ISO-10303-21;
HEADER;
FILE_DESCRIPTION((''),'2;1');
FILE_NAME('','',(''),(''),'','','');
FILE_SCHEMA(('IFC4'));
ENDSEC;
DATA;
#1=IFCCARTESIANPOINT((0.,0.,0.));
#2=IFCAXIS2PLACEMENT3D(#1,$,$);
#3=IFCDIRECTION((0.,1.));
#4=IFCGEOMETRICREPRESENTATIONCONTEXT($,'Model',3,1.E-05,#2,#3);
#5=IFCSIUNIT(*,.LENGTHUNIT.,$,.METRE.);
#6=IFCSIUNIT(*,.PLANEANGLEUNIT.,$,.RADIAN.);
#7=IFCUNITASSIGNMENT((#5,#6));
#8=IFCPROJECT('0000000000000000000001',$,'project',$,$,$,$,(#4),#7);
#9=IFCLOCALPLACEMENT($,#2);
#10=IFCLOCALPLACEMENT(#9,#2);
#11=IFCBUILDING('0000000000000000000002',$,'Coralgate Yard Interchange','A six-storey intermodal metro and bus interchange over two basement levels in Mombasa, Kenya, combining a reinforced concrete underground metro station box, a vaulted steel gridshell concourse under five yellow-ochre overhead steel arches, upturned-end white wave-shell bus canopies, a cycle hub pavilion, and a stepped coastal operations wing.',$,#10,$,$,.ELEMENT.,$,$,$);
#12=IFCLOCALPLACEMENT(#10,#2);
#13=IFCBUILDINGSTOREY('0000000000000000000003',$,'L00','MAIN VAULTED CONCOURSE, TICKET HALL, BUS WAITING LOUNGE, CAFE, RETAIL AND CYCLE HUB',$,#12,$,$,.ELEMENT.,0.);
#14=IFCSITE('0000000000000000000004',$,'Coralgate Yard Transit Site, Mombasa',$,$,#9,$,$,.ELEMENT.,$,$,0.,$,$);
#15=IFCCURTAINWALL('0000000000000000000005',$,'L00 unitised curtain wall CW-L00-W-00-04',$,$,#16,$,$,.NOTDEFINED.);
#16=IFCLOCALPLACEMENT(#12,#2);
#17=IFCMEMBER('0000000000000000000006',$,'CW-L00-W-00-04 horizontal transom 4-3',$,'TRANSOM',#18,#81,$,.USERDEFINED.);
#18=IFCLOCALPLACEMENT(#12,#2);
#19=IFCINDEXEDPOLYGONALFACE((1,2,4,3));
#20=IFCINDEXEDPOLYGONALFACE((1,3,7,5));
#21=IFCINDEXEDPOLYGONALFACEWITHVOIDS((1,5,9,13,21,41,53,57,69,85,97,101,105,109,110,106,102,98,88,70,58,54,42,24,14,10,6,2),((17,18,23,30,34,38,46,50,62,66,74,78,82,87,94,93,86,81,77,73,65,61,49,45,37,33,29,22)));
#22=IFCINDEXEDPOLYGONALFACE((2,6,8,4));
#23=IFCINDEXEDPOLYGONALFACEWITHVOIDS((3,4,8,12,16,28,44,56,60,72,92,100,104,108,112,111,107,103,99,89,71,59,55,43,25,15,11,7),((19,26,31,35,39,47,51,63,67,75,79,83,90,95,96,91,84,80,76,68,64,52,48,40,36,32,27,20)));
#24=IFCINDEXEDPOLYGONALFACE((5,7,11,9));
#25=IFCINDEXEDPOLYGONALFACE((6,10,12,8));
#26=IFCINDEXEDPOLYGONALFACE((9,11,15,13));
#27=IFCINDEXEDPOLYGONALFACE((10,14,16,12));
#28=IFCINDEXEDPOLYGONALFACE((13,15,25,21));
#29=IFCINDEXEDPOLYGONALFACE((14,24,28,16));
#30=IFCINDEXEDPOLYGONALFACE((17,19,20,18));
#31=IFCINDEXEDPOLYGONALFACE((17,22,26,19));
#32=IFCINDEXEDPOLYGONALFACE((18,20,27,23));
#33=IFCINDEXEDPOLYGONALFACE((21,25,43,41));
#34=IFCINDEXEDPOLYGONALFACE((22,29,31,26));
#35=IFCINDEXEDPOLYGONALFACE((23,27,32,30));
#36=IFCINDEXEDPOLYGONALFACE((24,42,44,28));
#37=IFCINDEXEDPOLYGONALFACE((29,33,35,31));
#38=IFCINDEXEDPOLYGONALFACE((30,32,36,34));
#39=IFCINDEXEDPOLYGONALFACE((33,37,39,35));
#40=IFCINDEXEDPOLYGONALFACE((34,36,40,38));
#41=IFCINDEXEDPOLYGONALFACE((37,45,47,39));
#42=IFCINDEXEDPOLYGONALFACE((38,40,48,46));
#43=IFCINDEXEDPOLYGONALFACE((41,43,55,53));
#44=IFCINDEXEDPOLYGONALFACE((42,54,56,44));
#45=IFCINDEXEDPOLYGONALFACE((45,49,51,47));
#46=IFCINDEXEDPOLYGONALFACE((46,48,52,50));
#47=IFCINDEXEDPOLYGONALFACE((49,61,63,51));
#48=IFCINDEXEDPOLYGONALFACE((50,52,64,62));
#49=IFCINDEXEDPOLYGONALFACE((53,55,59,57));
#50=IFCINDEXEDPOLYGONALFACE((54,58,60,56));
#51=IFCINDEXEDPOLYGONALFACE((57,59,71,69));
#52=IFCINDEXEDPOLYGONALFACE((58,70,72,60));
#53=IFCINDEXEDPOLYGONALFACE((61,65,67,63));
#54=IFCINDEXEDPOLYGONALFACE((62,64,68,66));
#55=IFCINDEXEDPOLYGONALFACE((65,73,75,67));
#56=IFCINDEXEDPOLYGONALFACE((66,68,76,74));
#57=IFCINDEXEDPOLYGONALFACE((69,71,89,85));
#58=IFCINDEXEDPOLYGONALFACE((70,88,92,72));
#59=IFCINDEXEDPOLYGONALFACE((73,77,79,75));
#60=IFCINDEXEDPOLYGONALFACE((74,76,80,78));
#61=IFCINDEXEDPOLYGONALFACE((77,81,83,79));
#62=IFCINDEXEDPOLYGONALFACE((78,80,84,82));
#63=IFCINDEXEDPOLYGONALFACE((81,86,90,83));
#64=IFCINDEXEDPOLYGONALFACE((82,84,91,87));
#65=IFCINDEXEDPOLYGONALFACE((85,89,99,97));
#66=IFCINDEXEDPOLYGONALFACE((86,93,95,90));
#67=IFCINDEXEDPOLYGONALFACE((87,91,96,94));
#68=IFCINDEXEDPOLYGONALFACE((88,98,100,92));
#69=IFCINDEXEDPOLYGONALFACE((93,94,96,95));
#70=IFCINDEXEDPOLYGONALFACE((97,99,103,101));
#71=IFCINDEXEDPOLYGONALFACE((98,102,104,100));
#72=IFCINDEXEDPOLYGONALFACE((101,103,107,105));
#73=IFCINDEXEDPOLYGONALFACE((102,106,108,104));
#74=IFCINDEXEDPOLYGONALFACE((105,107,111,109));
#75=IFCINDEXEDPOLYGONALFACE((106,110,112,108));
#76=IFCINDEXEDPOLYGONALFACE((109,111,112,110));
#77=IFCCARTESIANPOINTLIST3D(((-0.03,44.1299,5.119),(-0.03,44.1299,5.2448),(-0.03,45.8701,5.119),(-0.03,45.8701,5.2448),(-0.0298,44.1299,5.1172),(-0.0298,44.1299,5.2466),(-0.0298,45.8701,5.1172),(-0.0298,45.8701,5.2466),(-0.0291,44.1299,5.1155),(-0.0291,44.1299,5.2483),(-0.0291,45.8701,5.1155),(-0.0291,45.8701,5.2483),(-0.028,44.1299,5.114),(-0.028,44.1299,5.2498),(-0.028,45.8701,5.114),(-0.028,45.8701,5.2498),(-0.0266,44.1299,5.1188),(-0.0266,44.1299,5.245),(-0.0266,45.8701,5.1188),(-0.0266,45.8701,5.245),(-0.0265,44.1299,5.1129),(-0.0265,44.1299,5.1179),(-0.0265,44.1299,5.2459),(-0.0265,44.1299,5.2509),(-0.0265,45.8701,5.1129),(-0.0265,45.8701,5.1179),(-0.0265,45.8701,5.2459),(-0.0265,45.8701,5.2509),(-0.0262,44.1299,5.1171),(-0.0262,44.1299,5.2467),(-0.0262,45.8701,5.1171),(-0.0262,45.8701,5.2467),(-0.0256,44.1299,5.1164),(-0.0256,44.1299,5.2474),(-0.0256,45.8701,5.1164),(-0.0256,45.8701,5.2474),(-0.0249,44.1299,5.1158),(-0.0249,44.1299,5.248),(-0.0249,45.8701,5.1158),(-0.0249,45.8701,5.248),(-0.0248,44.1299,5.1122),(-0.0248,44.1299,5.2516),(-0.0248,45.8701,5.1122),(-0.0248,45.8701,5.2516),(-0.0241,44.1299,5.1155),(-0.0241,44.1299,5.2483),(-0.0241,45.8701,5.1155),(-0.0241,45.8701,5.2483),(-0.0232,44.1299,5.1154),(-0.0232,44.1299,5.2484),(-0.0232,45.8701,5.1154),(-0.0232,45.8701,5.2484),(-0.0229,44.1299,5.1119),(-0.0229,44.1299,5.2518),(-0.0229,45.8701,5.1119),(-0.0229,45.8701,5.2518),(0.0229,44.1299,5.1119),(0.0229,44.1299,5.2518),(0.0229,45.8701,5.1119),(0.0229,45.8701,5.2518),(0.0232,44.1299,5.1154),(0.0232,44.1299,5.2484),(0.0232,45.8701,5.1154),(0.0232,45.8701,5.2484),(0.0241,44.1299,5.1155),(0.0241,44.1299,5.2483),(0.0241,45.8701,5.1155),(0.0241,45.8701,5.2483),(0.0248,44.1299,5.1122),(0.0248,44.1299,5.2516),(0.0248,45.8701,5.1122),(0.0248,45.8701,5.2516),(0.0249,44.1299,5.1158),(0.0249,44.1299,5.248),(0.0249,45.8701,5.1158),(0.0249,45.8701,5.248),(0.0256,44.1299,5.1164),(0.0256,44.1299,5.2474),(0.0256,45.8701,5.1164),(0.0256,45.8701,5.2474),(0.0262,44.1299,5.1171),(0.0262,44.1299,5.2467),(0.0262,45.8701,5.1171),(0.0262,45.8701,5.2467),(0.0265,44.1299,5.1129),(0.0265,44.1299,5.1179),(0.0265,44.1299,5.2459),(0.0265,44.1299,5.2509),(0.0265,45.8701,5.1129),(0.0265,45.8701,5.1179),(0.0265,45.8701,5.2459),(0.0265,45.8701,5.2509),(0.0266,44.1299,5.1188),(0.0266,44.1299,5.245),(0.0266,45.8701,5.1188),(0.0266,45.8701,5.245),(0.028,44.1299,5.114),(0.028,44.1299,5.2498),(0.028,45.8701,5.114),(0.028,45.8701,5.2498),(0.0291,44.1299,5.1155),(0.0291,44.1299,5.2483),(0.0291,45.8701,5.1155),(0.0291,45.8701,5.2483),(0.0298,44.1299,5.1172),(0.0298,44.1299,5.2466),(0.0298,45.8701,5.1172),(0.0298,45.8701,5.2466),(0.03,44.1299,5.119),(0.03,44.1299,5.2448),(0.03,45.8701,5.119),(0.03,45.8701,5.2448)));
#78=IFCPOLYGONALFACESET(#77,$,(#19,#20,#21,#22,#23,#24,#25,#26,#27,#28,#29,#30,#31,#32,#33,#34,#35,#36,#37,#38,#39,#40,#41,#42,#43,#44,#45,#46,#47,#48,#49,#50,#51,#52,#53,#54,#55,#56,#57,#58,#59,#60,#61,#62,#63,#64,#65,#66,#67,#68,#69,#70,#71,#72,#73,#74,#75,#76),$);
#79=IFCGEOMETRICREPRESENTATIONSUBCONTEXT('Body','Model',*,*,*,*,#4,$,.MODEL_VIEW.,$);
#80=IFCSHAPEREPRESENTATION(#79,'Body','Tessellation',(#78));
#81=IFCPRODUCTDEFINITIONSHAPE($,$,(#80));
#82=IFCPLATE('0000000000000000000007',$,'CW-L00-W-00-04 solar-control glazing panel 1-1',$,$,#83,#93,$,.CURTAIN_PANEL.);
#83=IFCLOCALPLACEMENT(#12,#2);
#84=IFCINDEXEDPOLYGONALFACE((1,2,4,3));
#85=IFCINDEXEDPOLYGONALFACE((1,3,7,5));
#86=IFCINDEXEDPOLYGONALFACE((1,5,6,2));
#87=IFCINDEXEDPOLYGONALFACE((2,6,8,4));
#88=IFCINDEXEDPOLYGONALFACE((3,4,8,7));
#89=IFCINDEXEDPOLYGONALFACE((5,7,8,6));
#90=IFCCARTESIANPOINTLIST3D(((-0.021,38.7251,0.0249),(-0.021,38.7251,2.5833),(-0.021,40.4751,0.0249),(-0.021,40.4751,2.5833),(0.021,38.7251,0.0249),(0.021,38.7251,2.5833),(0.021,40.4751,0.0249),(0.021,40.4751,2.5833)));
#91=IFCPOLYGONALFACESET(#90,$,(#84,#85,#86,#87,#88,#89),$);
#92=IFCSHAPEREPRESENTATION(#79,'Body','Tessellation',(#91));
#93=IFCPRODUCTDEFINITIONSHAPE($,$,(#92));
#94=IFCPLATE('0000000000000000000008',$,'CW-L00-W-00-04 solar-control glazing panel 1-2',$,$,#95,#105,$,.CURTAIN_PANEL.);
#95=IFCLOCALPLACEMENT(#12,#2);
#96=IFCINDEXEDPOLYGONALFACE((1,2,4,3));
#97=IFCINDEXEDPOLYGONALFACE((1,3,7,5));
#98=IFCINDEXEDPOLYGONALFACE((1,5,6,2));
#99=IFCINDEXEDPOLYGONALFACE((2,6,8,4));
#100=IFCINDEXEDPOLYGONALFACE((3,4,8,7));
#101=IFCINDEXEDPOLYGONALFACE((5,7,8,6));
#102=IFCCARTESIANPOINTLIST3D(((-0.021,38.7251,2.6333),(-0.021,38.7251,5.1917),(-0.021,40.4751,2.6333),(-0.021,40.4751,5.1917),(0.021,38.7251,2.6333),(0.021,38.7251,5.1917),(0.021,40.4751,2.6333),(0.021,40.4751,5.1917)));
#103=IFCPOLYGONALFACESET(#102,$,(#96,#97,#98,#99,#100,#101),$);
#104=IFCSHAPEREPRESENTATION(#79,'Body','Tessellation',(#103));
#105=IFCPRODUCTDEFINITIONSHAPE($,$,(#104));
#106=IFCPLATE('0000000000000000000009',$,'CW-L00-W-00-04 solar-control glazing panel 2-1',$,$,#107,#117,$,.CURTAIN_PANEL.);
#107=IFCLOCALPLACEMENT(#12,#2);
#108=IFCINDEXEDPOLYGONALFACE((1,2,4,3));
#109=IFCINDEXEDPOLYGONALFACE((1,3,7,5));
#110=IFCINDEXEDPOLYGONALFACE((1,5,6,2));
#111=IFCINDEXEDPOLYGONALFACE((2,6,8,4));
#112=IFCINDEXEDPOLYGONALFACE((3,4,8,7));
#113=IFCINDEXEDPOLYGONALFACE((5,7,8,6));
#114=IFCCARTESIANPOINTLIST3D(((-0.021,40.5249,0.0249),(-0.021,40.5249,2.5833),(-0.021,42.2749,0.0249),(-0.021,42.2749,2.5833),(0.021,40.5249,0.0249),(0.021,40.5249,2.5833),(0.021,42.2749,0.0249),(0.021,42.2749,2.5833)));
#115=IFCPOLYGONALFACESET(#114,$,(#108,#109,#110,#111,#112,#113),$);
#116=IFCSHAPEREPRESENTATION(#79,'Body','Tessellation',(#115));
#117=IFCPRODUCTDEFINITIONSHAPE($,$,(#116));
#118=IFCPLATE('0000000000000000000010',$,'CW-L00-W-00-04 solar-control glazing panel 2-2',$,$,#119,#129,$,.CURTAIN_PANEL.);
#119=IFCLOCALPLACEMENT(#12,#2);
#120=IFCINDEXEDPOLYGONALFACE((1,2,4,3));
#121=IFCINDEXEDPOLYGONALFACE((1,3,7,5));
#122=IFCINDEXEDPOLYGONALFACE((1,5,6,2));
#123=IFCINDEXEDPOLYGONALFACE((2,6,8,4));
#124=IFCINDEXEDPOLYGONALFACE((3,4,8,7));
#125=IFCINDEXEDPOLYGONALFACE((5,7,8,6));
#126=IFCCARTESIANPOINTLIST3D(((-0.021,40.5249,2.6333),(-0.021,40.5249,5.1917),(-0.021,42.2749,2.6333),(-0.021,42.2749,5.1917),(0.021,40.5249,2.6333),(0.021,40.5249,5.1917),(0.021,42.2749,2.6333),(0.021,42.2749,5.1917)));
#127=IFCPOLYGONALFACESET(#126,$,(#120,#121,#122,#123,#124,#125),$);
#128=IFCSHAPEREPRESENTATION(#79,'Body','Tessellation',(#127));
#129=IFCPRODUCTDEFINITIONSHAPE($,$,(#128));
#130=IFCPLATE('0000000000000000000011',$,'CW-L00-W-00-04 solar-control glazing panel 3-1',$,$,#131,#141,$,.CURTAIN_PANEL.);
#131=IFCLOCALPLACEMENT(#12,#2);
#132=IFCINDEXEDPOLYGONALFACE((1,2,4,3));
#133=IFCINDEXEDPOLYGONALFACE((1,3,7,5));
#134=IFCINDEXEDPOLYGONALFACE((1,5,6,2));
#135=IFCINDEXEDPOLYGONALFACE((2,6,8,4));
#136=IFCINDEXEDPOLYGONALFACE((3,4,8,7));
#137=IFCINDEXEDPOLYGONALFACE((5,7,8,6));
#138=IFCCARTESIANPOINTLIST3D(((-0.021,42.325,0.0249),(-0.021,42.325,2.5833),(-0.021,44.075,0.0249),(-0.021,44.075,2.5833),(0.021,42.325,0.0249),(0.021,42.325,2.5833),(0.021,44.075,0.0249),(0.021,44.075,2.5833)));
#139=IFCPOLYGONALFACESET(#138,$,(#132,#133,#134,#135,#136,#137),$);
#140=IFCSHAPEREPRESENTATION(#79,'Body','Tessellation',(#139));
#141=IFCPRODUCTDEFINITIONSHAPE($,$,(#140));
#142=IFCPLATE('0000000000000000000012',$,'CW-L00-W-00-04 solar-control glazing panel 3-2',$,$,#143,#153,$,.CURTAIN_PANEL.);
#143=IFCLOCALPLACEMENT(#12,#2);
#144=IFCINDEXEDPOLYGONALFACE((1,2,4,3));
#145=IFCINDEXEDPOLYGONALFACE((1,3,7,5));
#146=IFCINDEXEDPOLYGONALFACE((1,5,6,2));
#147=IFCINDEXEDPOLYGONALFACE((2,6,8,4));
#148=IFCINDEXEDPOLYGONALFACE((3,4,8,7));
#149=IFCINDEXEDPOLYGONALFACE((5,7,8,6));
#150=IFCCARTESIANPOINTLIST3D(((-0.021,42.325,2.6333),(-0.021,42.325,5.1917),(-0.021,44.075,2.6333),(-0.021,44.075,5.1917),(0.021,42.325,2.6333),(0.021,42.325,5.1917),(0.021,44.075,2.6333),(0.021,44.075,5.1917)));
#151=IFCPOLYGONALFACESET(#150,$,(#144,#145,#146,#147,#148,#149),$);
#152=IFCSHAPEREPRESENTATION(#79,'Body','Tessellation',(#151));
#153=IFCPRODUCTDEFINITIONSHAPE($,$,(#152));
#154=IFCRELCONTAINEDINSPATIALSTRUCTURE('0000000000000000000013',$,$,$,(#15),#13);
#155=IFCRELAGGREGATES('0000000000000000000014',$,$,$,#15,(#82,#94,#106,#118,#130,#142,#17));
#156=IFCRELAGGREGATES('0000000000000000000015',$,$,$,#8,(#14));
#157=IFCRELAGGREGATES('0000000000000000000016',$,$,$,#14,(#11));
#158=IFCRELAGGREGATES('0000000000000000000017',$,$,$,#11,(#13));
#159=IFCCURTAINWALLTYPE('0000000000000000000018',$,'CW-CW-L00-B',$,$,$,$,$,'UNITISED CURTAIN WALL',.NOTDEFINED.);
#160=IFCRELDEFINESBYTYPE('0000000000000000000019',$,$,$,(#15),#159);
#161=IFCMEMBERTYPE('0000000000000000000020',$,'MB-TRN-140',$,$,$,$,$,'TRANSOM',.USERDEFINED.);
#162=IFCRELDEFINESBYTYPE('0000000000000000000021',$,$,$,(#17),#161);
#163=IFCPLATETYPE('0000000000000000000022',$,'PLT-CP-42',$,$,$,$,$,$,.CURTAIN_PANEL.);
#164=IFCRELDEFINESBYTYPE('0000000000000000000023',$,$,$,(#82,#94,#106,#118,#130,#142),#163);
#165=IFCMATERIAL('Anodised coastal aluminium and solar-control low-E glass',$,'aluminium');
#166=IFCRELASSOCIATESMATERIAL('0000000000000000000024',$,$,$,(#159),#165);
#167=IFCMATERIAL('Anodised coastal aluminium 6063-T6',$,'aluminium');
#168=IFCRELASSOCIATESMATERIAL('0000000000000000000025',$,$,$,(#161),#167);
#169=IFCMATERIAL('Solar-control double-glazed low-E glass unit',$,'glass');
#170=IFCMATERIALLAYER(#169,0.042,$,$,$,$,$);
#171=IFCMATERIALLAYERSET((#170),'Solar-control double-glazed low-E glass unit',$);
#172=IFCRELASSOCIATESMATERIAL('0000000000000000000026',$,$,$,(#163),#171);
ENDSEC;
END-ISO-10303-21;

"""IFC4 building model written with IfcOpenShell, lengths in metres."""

from ifc_helpers import new_model, si_unit, direction, frame, origin, origin_2d, place, context, subcontext, project, spatial, rectangle, hollow_rectangle, extrude, material, layer, layer_set, material_profile, profile_set, type_object, element, aggregate, save


model = new_model("IFC4")

# Units and contexts
model_context = context("Model", 3, precision=1e-05, world=origin(), true_north=direction((0.0, 1.0)))
body_context = subcontext(model_context, "Body", "Model", "MODEL_VIEW")
ifc_project = project(units=[si_unit("LENGTHUNIT", "METRE"), si_unit("PLANEANGLEUNIT", "RADIAN")], contexts=[model_context])

# Site, building, storey
site_placement = place(None, origin())
site = spatial("IfcSite", under=ifc_project, at=site_placement, Name="Coralgate Yard Transit Site, Mombasa", CompositionType="ELEMENT", RefElevation=0.0)
building_placement = place(site_placement, origin())
building = spatial("IfcBuilding", under=site, at=building_placement, Name="Coralgate Yard Interchange", Description="A six-storey intermodal metro and bus interchange over two basement levels in Mombasa, Kenya, combining a reinforced concrete underground metro station box, a vaulted steel gridshell concourse under five yellow-ochre overhead steel arches, upturned-end white wave-shell bus canopies, a cycle hub pavilion, and a stepped coastal operations wing.", CompositionType="ELEMENT")
storey_placement = place(building_placement, origin())
storey = spatial("IfcBuildingStorey", under=building, at=storey_placement, Name="L00", Description="MAIN VAULTED CONCOURSE, TICKET HALL, BUS WAITING LOUNGE, CAFE, RETAIL AND CYCLE HUB", CompositionType="ELEMENT", Elevation=0.0)

# Curtain wall, member, plates
ifc_material_1 = material(Name="Anodised coastal aluminium and solar-control low-E glass", Category="aluminium")
curtain_wall_type = type_object("IfcCurtainWallType", Name="CW-CW-L00-B", ElementType="UNITISED CURTAIN WALL", PredefinedType="NOTDEFINED", material=ifc_material_1)
curtain_wall_placement = place(storey_placement, origin())
curtain_wall = element("IfcCurtainWall", 1, at=curtain_wall_placement, inside=storey, type_object=curtain_wall_type, Name="L00 unitised curtain wall CW-L00-W-00-04", PredefinedType="NOTDEFINED")
ifc_material_2 = material(Name="Anodised coastal aluminium 6063-T6", Category="aluminium")
ifc_material_profile_1 = material_profile(ifc_material_2, hollow_rectangle(XDim=0.0601, YDim=0.1399, WallThickness=0.0034, InnerFilletRadius=0.0034, OuterFilletRadius=0.0071, at=origin_2d()), Name="ALU 60x140x3.5")
ifc_profile_set_1 = profile_set([ifc_material_profile_1], Name="Anodised coastal aluminium 6063-T6")
member_type_1 = type_object("IfcMemberType", Name="MB-TRN-140", ElementType="TRANSOM", PredefinedType="USERDEFINED", material=ifc_profile_set_1)
member_1_placement = place(storey_placement, frame((0.0, 44.1299, 5.1819), z_axis=(0.0, 1.0, 0.0), x_axis=(-1.0, 0.0, 0.0)))
member_1 = element("IfcMember", 2, at=member_1_placement, type_object=member_type_1, Name="CW-L00-W-00-04 horizontal transom 4-3", ObjectType="TRANSOM", PredefinedType="USERDEFINED", context=body_context, shape_type="SweptSolid", body=[
    extrude(hollow_rectangle(XDim=0.0601, YDim=0.1399, WallThickness=0.0034, InnerFilletRadius=0.0034, OuterFilletRadius=0.0071, at=origin_2d()), origin(), (0.0, 0.0, 1.0), 1.7402),
])
ifc_material_3 = material(Name="Solar-control double-glazed low-E glass unit", Category="glass")
ifc_layer = layer(ifc_material_3, 0.042)
ifc_layer_set = layer_set([ifc_layer], Name="Solar-control double-glazed low-E glass unit")
plate_type = type_object("IfcPlateType", Name="PLT-CP-42", PredefinedType="CURTAIN_PANEL", material=ifc_layer_set)
plate_1_placement = place(storey_placement, frame((0.0, 39.6001, 0.0249), z_axis=(0.0, 0.0, 1.0), x_axis=(0.0, 1.0, 0.0)))
plate_1 = element("IfcPlate", 3, at=plate_1_placement, type_object=plate_type, Name="CW-L00-W-00-04 solar-control glazing panel 1-1", PredefinedType="CURTAIN_PANEL", context=body_context, shape_type="SweptSolid", body=[
    extrude(rectangle(XDim=1.75, YDim=0.042, at=origin_2d()), origin(), (0.0, 0.0, 1.0), 2.5583),
])
plate_2_placement = place(storey_placement, frame((0.0, 39.6001, 2.6333), z_axis=(0.0, 0.0, 1.0), x_axis=(0.0, 1.0, 0.0)))
plate_2 = element("IfcPlate", 4, at=plate_2_placement, type_object=plate_type, Name="CW-L00-W-00-04 solar-control glazing panel 1-2", PredefinedType="CURTAIN_PANEL", context=body_context, shape_type="SweptSolid", body=[
    extrude(rectangle(XDim=1.75, YDim=0.042, at=origin_2d()), origin(), (0.0, 0.0, 1.0), 2.5583),
])
plate_3_placement = place(storey_placement, frame((0.0, 41.3999, 0.0249), z_axis=(0.0, 0.0, 1.0), x_axis=(0.0, 1.0, 0.0)))
plate_3 = element("IfcPlate", 5, at=plate_3_placement, type_object=plate_type, Name="CW-L00-W-00-04 solar-control glazing panel 2-1", PredefinedType="CURTAIN_PANEL", context=body_context, shape_type="SweptSolid", body=[
    extrude(rectangle(XDim=1.75, YDim=0.042, at=origin_2d()), origin(), (0.0, 0.0, 1.0), 2.5583),
])
plate_4_placement = place(storey_placement, frame((0.0, 41.3999, 2.6333), z_axis=(0.0, 0.0, 1.0), x_axis=(0.0, 1.0, 0.0)))
plate_4 = element("IfcPlate", 6, at=plate_4_placement, type_object=plate_type, Name="CW-L00-W-00-04 solar-control glazing panel 2-2", PredefinedType="CURTAIN_PANEL", context=body_context, shape_type="SweptSolid", body=[
    extrude(rectangle(XDim=1.75, YDim=0.042, at=origin_2d()), origin(), (0.0, 0.0, 1.0), 2.5583),
])
plate_5_placement = place(storey_placement, frame((0.0, 43.2, 0.0249), z_axis=(0.0, 0.0, 1.0), x_axis=(0.0, 1.0, 0.0)))
plate_5 = element("IfcPlate", 7, at=plate_5_placement, type_object=plate_type, Name="CW-L00-W-00-04 solar-control glazing panel 3-1", PredefinedType="CURTAIN_PANEL", context=body_context, shape_type="SweptSolid", body=[
    extrude(rectangle(XDim=1.75, YDim=0.042, at=origin_2d()), origin(), (0.0, 0.0, 1.0), 2.5583),
])
plate_6_placement = place(storey_placement, frame((0.0, 43.2, 2.6333), z_axis=(0.0, 0.0, 1.0), x_axis=(0.0, 1.0, 0.0)))
plate_6 = element("IfcPlate", 8, at=plate_6_placement, type_object=plate_type, Name="CW-L00-W-00-04 solar-control glazing panel 3-2", PredefinedType="CURTAIN_PANEL", context=body_context, shape_type="SweptSolid", body=[
    extrude(rectangle(XDim=1.75, YDim=0.042, at=origin_2d()), origin(), (0.0, 0.0, 1.0), 2.5583),
])
aggregate(curtain_wall, [plate_1, plate_2, plate_3, plate_4, plate_5, plate_6, member_1])

save(model, "model.ifc")
